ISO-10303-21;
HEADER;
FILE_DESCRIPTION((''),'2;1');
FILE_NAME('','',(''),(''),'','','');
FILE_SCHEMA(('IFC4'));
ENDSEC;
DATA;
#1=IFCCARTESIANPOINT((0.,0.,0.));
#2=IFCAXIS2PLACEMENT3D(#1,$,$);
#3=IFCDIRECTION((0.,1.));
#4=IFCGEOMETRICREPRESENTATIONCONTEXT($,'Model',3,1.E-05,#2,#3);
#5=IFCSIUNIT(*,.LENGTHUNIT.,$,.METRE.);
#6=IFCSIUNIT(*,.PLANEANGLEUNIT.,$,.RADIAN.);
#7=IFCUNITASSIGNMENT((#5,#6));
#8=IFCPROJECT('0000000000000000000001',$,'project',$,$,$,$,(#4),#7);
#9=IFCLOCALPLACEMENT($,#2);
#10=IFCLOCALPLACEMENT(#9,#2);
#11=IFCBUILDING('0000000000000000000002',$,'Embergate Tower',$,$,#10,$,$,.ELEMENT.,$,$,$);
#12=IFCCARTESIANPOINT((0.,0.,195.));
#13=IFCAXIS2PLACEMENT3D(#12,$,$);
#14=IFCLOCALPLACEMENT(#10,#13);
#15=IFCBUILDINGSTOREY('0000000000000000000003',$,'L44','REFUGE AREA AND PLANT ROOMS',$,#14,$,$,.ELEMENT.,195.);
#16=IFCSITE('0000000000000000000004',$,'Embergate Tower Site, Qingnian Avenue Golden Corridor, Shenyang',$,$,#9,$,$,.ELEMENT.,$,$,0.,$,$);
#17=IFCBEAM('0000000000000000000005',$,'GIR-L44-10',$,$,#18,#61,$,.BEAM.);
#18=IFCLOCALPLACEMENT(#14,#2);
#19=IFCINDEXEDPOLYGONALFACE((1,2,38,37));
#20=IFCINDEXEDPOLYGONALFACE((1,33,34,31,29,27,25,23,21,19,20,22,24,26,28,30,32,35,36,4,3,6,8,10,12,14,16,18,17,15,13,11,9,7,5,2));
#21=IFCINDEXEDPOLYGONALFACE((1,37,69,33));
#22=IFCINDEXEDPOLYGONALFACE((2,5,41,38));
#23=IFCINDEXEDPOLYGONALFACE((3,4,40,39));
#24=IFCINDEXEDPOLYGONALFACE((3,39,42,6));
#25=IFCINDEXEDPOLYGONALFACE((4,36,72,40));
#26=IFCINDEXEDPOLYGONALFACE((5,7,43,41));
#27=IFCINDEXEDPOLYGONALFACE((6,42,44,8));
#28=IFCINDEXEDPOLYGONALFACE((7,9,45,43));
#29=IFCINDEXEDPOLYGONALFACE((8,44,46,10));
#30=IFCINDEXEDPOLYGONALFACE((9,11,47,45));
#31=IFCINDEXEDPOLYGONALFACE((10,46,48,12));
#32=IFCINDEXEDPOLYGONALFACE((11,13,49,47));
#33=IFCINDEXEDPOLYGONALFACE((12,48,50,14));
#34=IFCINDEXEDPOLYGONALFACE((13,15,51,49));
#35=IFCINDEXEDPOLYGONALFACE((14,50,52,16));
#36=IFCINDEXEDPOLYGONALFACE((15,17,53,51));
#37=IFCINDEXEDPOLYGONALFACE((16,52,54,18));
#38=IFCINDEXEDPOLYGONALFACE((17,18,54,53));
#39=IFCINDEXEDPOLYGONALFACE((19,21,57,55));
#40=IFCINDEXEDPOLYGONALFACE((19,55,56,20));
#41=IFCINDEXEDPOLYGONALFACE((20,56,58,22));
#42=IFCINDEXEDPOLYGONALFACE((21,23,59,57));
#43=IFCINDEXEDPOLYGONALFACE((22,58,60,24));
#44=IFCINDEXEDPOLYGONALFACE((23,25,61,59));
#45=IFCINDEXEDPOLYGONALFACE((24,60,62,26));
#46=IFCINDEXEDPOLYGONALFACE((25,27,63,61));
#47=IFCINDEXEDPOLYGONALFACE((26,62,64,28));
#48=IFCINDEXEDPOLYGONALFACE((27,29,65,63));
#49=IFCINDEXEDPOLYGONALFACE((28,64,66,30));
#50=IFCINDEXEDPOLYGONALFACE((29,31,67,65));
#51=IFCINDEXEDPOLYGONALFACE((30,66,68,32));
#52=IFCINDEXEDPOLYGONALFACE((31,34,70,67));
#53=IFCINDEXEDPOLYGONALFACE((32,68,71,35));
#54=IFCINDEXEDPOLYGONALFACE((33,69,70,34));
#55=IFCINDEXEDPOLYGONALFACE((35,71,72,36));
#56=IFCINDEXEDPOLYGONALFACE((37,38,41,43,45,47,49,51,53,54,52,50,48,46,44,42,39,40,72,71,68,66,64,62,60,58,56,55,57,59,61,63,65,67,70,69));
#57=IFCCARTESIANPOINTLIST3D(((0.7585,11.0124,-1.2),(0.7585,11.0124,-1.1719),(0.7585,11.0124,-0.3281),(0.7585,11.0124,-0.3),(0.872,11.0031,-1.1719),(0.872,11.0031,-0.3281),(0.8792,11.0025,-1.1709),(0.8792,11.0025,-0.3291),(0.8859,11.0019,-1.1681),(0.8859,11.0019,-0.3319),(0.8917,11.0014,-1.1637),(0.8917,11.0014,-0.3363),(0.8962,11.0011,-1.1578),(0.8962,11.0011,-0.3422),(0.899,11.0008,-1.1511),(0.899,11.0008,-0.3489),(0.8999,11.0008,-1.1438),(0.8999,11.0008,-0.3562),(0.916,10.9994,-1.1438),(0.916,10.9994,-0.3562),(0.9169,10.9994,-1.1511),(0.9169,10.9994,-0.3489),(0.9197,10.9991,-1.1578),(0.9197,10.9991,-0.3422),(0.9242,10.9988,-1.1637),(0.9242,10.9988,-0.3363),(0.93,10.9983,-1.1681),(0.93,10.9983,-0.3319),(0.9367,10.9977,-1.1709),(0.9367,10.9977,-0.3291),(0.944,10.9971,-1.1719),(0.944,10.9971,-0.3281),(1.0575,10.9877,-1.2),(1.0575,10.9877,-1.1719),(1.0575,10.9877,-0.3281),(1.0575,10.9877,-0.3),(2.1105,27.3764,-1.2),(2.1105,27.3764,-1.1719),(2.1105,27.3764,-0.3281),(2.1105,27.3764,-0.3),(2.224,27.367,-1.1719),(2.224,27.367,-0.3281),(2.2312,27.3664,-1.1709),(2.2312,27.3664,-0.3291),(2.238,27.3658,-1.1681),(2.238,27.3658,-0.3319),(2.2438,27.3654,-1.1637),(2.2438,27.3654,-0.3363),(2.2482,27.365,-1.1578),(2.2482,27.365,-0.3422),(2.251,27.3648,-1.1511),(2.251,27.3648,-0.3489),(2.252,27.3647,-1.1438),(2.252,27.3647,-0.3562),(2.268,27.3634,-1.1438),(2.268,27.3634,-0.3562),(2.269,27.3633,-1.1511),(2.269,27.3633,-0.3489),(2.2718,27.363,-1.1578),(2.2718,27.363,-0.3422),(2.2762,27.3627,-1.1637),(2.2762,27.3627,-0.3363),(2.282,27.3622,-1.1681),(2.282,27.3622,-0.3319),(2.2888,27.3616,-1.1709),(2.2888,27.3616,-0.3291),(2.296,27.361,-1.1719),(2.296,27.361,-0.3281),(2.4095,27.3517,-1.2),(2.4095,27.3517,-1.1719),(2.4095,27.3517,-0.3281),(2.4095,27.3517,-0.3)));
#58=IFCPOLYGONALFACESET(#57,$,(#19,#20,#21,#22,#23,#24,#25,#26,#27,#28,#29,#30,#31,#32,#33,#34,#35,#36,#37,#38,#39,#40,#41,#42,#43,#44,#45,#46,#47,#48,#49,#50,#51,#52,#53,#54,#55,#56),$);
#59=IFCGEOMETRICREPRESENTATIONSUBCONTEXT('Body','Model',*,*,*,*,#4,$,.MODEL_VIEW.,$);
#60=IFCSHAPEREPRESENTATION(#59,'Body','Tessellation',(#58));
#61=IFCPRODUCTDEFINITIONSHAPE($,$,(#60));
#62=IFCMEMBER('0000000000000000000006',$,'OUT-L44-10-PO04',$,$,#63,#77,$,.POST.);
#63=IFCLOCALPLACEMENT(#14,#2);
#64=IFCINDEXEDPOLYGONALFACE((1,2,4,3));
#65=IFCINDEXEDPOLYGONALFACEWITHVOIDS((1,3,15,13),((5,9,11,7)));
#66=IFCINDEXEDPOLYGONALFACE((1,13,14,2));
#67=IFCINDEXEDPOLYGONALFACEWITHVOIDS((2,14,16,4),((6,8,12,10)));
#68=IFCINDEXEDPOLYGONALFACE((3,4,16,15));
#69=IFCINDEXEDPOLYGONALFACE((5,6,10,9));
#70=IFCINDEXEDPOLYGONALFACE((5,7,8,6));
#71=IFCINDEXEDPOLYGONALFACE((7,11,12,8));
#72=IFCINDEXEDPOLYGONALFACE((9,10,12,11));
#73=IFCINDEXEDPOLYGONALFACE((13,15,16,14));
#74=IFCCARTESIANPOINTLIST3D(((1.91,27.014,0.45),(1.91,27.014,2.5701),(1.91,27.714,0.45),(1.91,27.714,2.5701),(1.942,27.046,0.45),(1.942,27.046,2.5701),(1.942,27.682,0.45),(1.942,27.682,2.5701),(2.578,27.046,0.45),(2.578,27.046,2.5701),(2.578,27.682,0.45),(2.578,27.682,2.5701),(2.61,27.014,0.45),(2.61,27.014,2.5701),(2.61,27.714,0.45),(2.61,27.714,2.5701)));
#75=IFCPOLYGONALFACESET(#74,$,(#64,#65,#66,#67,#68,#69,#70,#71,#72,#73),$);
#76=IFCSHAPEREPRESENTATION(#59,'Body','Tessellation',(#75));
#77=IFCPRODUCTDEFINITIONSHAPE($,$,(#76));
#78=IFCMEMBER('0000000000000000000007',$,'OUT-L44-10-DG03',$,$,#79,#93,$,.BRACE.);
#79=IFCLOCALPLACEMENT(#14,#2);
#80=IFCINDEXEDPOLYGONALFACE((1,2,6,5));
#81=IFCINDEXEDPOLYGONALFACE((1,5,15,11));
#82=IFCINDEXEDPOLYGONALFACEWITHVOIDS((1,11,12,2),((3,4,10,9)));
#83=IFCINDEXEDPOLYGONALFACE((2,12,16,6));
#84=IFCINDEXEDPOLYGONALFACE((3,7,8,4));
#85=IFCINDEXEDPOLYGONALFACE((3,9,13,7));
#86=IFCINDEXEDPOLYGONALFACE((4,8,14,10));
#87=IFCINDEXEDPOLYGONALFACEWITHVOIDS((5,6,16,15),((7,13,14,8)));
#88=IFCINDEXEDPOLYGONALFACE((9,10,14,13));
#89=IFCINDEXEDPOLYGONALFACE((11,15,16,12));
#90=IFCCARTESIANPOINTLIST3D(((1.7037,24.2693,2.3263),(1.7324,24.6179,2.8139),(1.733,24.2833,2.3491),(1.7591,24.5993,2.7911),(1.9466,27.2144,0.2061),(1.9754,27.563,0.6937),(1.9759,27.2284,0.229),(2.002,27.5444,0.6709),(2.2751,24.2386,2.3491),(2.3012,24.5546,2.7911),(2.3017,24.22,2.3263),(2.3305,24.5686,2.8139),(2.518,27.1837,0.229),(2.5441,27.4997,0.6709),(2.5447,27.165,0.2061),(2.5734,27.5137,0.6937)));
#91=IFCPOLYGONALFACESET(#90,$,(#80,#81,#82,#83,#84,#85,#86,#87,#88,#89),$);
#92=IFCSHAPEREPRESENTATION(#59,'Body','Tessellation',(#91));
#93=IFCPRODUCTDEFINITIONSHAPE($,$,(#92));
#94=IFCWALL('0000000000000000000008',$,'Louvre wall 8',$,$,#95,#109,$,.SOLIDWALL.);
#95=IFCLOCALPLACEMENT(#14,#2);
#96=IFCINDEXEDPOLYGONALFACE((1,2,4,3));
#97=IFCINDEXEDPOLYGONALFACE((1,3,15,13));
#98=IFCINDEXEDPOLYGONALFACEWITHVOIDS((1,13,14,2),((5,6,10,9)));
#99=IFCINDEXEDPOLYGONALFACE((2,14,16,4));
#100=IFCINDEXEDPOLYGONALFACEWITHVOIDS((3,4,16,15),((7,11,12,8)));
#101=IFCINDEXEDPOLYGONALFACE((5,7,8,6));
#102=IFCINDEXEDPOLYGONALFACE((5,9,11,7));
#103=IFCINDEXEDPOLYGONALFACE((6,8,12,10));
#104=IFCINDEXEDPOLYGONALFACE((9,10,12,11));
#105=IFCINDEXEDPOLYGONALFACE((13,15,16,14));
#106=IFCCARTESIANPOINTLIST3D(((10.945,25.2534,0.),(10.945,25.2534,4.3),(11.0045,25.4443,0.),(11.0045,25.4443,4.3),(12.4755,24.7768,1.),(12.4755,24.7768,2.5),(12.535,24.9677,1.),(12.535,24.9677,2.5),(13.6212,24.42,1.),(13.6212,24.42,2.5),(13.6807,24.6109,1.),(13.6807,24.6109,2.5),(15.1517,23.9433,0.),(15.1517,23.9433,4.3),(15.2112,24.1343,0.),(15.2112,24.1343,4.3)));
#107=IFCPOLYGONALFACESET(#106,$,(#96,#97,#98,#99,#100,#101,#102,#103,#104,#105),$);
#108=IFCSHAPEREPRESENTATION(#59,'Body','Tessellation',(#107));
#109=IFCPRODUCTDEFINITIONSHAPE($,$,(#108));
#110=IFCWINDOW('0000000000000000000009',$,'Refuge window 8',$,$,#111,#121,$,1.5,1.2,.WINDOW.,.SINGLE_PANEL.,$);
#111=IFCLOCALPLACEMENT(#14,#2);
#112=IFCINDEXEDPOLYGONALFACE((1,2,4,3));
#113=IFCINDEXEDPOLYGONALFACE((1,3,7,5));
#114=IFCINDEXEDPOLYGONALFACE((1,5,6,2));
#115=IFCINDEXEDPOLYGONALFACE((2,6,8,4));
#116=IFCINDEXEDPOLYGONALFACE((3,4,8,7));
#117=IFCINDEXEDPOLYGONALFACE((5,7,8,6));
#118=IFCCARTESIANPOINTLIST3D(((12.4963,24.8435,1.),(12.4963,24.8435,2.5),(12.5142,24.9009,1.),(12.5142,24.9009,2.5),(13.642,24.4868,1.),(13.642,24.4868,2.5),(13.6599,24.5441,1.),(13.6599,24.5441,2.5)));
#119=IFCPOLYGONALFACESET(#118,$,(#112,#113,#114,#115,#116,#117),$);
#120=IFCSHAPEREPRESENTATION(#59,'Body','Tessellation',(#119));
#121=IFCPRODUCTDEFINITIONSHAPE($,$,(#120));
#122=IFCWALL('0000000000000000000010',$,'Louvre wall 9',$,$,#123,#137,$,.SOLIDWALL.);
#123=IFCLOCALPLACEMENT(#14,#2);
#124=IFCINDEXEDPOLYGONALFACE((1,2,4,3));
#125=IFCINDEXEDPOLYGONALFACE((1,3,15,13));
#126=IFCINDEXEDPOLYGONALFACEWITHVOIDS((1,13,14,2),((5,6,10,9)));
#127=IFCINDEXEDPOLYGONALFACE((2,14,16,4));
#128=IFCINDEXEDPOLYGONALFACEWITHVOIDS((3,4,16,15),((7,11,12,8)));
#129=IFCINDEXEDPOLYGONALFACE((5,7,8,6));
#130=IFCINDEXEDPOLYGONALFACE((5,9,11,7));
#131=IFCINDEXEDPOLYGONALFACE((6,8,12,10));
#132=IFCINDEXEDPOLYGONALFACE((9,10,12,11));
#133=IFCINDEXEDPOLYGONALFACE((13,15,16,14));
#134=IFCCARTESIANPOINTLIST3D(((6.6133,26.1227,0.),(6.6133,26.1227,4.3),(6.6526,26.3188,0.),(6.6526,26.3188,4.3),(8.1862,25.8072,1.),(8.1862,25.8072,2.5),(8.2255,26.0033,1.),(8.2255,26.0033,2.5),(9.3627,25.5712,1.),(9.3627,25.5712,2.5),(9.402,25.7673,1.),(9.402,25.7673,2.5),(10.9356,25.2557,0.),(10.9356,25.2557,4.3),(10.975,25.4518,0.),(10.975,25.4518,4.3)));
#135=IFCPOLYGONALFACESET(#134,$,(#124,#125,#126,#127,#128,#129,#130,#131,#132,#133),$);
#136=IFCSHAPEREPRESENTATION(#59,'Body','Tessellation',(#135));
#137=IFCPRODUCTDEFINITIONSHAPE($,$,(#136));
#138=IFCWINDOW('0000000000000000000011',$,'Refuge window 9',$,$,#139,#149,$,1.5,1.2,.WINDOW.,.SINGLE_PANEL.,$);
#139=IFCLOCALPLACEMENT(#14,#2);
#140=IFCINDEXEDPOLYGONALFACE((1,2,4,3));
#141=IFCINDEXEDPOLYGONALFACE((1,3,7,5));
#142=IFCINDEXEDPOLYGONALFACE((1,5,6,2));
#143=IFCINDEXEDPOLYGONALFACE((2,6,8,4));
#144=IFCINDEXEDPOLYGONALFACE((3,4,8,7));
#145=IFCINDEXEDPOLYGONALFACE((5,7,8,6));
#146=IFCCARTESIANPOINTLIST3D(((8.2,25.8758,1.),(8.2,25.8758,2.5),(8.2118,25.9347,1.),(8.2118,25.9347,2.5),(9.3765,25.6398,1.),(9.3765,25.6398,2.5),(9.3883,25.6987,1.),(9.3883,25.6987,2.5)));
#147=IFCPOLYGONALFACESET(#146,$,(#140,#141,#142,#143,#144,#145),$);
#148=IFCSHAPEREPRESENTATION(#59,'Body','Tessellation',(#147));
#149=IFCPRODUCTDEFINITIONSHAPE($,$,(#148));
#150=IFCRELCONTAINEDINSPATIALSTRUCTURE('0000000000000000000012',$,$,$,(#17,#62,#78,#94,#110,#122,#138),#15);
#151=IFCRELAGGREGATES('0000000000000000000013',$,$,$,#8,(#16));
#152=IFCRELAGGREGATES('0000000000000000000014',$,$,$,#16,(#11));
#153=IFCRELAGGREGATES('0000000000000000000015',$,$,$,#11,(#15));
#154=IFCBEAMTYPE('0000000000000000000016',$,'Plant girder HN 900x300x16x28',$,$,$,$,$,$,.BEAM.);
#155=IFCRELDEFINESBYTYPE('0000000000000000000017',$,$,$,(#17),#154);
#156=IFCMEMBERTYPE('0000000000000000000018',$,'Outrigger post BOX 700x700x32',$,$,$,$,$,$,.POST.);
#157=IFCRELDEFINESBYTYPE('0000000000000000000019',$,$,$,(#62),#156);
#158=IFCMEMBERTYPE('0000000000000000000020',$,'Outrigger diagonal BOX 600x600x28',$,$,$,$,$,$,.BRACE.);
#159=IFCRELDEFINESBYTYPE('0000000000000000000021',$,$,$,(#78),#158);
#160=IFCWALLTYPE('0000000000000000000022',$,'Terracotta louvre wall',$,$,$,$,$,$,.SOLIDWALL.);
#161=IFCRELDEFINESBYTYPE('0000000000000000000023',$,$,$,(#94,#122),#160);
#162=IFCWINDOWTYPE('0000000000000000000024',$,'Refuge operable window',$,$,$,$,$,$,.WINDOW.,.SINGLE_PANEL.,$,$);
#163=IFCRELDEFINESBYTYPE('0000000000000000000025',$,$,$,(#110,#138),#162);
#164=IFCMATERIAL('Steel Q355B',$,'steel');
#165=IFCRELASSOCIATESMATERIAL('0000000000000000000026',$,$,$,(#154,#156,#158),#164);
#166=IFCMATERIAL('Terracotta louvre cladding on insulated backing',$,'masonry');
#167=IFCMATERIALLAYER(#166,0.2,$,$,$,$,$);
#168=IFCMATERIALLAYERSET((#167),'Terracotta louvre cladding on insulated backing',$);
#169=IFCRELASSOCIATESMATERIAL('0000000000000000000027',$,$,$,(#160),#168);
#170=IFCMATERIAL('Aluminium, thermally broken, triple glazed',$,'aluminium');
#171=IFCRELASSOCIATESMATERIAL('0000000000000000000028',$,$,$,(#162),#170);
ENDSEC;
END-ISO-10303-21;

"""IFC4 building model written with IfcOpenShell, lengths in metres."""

from ifc_helpers import new_model, si_unit, direction, frame, frame_2d, origin, origin_2d, place, context, subcontext, project, spatial, rectangle, hollow_rectangle, i_section, extrude, source, transform, mapped, material, layer, layer_set, material_profile, profile_set, type_object, element, fill, save


model = new_model("IFC4")

# Units and contexts
model_context = context("Model", 3, precision=1e-05, world=origin(), true_north=direction((0.0, 1.0)))
body_context = subcontext(model_context, "Body", "Model", "MODEL_VIEW")
ifc_project = project(units=[si_unit("LENGTHUNIT", "METRE"), si_unit("PLANEANGLEUNIT", "RADIAN")], contexts=[model_context])

# Site, building, storey
site_placement = place(None, origin())
site = spatial("IfcSite", under=ifc_project, at=site_placement, Name="Embergate Tower Site, Qingnian Avenue Golden Corridor, Shenyang", CompositionType="ELEMENT", RefElevation=0.0)
building_placement = place(site_placement, origin())
building = spatial("IfcBuilding", under=site, at=building_placement, Name="Embergate Tower", CompositionType="ELEMENT")
storey_placement = place(building_placement, frame((0.0, 0.0, 195.0)))
storey = spatial("IfcBuildingStorey", under=building, at=storey_placement, Name="L44", Description="REFUGE AREA AND PLANT ROOMS", CompositionType="ELEMENT", Elevation=195.0)

# Beam
ifc_material_1 = material(Name="Steel Q355B", Category="steel")
ifc_material_profile_1 = material_profile(ifc_material_1, i_section(OverallWidth=0.3, OverallDepth=0.8999, WebThickness=0.0161, FlangeThickness=0.0281, FilletRadius=0.0281, at=origin_2d()), Name="HN 900x300x16x28")
ifc_profile_set_1 = profile_set([ifc_material_profile_1], Name="Steel Q355 grade B")
beam_type_1 = type_object("IfcBeamType", Name="Plant girder HN 900x300x16x28", PredefinedType="BEAM", material=ifc_profile_set_1)
shared_shape_1 = source(origin(), body_context, "Body", "SweptSolid", [
    extrude(i_section(OverallWidth=0.3, OverallDepth=0.8999, WebThickness=0.0161, FlangeThickness=0.0281, FilletRadius=0.0281, at=origin_2d()), origin(), (0.0, 0.0, 1.0), 16.4197),
])
beam_1_placement = place(storey_placement, frame((2.26, 27.364, -0.75), z_axis=(-0.082343, -0.996604, 0.0), x_axis=(0.996604, -0.082343, 0.0)))
element("IfcBeam", 1, at=beam_1_placement, inside=storey, type_object=beam_type_1, Name="GIR-L44-10", PredefinedType="BEAM", context=body_context, shape_type="MappedRepresentation", body=[
    mapped(shared_shape_1, transform((0.0, 0.0, 0.0))),
])

# Members
ifc_material_profile_2 = material_profile(ifc_material_1, hollow_rectangle(XDim=0.7, YDim=0.7, WallThickness=0.032, at=origin_2d()), Name="BOX 700x700x32")
ifc_profile_set_2 = profile_set([ifc_material_profile_2], Name="Steel Q355 grade B")
member_type_1 = type_object("IfcMemberType", Name="Outrigger post BOX 700x700x32", PredefinedType="POST", material=ifc_profile_set_2)
shared_shape_2 = source(origin(), body_context, "Body", "SweptSolid", [
    extrude(hollow_rectangle(XDim=0.7, YDim=0.7, WallThickness=0.032, at=origin_2d()), origin(), (0.0, 0.0, 1.0), 2.1201),
])
member_1_placement = place(storey_placement, frame((2.26, 27.364, 0.45), z_axis=(0.0, 0.0, 1.0), x_axis=(1.0, 0.0, 0.0)))
element("IfcMember", 2, at=member_1_placement, inside=storey, type_object=member_type_1, Name="OUT-L44-10-PO04", PredefinedType="POST", context=body_context, shape_type="MappedRepresentation", body=[
    mapped(shared_shape_2, transform((0.0, 0.0, 0.0))),
])
ifc_material_profile_3 = material_profile(ifc_material_1, hollow_rectangle(XDim=0.6001, YDim=0.6001, WallThickness=0.0281, at=origin_2d()), Name="BOX 600x600x28")
ifc_profile_set_3 = profile_set([ifc_material_profile_3], Name="Steel Q355 grade B")
member_type_2 = type_object("IfcMemberType", Name="Outrigger diagonal BOX 600x600x28", PredefinedType="BRACE", material=ifc_profile_set_3)
shared_shape_3 = source(origin(), body_context, "Body", "SweptSolid", [
    extrude(hollow_rectangle(XDim=0.6001, YDim=0.6001, WallThickness=0.0281, at=origin_2d()), origin(), (0.0, 0.0, 1.0), 3.637),
])
member_2_placement = place(storey_placement, frame((2.0171, 24.4189, 2.5701), z_axis=(0.066792, 0.809765, -0.58294), x_axis=(-0.996615, 0.082204, 0.0)))
element("IfcMember", 3, at=member_2_placement, inside=storey, type_object=member_type_2, Name="OUT-L44-10-DG03", PredefinedType="BRACE", context=body_context, shape_type="MappedRepresentation", body=[
    mapped(shared_shape_3, transform((0.0, 0.0, 0.0))),
])

# Walls, openings, windows
ifc_material_2 = material(Name="Terracotta louvre cladding on insulated backing", Category="masonry")
ifc_layer_1 = layer(ifc_material_2, 0.2)
ifc_layer_set_1 = layer_set([ifc_layer_1], Name="Terracotta louvre cladding on insulated backing")
wall_type_1 = type_object("IfcWallType", Name="Terracotta louvre wall", PredefinedType="SOLIDWALL", material=ifc_layer_set_1)
shared_shape_4 = source(origin(), body_context, "Body", "SweptSolid", [
    extrude(rectangle(XDim=4.406, YDim=0.2, at=frame_2d((2.2031, 0.0))), origin(), (0.0, 0.0, 1.0), 4.3),
])
wall_1_placement = place(storey_placement, frame((10.9746, 25.3489, 0.0), z_axis=(0.0, 0.0, 1.0), x_axis=(0.954774, -0.297331, 0.0)))
wall_1 = element("IfcWall", 4, at=wall_1_placement, inside=storey, type_object=wall_type_1, Name="Louvre wall 8", PredefinedType="SOLIDWALL", context=body_context, shape_type="MappedRepresentation", body=[
    mapped(shared_shape_4, transform((0.0, 0.0, 0.0))),
])
shared_shape_5 = source(origin(), body_context, "Body", "SweptSolid", [
    extrude(rectangle(XDim=1.2, YDim=1.5, at=frame_2d((0.6001, 0.75))), frame((0.0, 0.1099, 0.0), z_axis=(0.0, -1.0, 0.0), x_axis=(1.0, 0.0, 0.0)), (0.0, 0.0, 1.0), 0.22),
])
opening_1_placement = place(wall_1_placement, frame((1.603, 0.0, 1.0)))
opening_1 = element("IfcOpeningElement", 5, at=opening_1_placement, cuts=wall_1, PredefinedType="OPENING", context=body_context, shape_type="MappedRepresentation", body=[
    mapped(shared_shape_5, transform((0.0, 0.0, 0.0))),
])
ifc_material_3 = material(Name="Aluminium, thermally broken, triple glazed", Category="aluminium")
window_type = type_object("IfcWindowType", Name="Refuge operable window", PartitioningType="SINGLE_PANEL", PredefinedType="WINDOW", material=ifc_material_3)
shared_shape_6 = source(origin(), body_context, "Body", "SweptSolid", [
    extrude(rectangle(XDim=1.2, YDim=1.5, at=frame_2d((0.6001, 0.75))), frame((0.0, 0.03, 0.0), z_axis=(0.0, -1.0, 0.0), x_axis=(1.0, 0.0, 0.0)), (0.0, 0.0, 1.0), 0.0601),
])
window_1_placement = place(opening_1_placement, origin())
window_1 = element("IfcWindow", 6, at=window_1_placement, inside=storey, type_object=window_type, Name="Refuge window 8", OverallHeight=1.5, OverallWidth=1.2, PartitioningType="SINGLE_PANEL", PredefinedType="WINDOW", context=body_context, shape_type="MappedRepresentation", body=[
    mapped(shared_shape_6, transform((0.0, 0.0, 0.0))),
])
fill(opening_1, window_1)
shared_shape_7 = source(origin(), body_context, "Body", "SweptSolid", [
    extrude(rectangle(XDim=4.4084, YDim=0.2, at=frame_2d((2.2041, 0.0))), origin(), (0.0, 0.0, 1.0), 4.3),
])
wall_2_placement = place(storey_placement, frame((6.6331, 26.2207, 0.0), z_axis=(0.0, 0.0, 1.0), x_axis=(0.980472, -0.196659, 0.0)))
wall_2 = element("IfcWall", 7, at=wall_2_placement, inside=storey, type_object=wall_type_1, Name="Louvre wall 9", PredefinedType="SOLIDWALL", context=body_context, shape_type="MappedRepresentation", body=[
    mapped(shared_shape_7, transform((0.0, 0.0, 0.0))),
])
opening_2_placement = place(wall_2_placement, frame((1.604, 0.0, 1.0)))
opening_2 = element("IfcOpeningElement", 8, at=opening_2_placement, cuts=wall_2, PredefinedType="OPENING", context=body_context, shape_type="MappedRepresentation", body=[
    mapped(shared_shape_5, transform((0.0, 0.0, 0.0))),
])
window_2_placement = place(opening_2_placement, origin())
window_2 = element("IfcWindow", 9, at=window_2_placement, inside=storey, type_object=window_type, Name="Refuge window 9", OverallHeight=1.5, OverallWidth=1.2, PartitioningType="SINGLE_PANEL", PredefinedType="WINDOW", context=body_context, shape_type="MappedRepresentation", body=[
    mapped(shared_shape_6, transform((0.0, 0.0, 0.0))),
])
fill(opening_2, window_2)

save(model, "model.ifc")
